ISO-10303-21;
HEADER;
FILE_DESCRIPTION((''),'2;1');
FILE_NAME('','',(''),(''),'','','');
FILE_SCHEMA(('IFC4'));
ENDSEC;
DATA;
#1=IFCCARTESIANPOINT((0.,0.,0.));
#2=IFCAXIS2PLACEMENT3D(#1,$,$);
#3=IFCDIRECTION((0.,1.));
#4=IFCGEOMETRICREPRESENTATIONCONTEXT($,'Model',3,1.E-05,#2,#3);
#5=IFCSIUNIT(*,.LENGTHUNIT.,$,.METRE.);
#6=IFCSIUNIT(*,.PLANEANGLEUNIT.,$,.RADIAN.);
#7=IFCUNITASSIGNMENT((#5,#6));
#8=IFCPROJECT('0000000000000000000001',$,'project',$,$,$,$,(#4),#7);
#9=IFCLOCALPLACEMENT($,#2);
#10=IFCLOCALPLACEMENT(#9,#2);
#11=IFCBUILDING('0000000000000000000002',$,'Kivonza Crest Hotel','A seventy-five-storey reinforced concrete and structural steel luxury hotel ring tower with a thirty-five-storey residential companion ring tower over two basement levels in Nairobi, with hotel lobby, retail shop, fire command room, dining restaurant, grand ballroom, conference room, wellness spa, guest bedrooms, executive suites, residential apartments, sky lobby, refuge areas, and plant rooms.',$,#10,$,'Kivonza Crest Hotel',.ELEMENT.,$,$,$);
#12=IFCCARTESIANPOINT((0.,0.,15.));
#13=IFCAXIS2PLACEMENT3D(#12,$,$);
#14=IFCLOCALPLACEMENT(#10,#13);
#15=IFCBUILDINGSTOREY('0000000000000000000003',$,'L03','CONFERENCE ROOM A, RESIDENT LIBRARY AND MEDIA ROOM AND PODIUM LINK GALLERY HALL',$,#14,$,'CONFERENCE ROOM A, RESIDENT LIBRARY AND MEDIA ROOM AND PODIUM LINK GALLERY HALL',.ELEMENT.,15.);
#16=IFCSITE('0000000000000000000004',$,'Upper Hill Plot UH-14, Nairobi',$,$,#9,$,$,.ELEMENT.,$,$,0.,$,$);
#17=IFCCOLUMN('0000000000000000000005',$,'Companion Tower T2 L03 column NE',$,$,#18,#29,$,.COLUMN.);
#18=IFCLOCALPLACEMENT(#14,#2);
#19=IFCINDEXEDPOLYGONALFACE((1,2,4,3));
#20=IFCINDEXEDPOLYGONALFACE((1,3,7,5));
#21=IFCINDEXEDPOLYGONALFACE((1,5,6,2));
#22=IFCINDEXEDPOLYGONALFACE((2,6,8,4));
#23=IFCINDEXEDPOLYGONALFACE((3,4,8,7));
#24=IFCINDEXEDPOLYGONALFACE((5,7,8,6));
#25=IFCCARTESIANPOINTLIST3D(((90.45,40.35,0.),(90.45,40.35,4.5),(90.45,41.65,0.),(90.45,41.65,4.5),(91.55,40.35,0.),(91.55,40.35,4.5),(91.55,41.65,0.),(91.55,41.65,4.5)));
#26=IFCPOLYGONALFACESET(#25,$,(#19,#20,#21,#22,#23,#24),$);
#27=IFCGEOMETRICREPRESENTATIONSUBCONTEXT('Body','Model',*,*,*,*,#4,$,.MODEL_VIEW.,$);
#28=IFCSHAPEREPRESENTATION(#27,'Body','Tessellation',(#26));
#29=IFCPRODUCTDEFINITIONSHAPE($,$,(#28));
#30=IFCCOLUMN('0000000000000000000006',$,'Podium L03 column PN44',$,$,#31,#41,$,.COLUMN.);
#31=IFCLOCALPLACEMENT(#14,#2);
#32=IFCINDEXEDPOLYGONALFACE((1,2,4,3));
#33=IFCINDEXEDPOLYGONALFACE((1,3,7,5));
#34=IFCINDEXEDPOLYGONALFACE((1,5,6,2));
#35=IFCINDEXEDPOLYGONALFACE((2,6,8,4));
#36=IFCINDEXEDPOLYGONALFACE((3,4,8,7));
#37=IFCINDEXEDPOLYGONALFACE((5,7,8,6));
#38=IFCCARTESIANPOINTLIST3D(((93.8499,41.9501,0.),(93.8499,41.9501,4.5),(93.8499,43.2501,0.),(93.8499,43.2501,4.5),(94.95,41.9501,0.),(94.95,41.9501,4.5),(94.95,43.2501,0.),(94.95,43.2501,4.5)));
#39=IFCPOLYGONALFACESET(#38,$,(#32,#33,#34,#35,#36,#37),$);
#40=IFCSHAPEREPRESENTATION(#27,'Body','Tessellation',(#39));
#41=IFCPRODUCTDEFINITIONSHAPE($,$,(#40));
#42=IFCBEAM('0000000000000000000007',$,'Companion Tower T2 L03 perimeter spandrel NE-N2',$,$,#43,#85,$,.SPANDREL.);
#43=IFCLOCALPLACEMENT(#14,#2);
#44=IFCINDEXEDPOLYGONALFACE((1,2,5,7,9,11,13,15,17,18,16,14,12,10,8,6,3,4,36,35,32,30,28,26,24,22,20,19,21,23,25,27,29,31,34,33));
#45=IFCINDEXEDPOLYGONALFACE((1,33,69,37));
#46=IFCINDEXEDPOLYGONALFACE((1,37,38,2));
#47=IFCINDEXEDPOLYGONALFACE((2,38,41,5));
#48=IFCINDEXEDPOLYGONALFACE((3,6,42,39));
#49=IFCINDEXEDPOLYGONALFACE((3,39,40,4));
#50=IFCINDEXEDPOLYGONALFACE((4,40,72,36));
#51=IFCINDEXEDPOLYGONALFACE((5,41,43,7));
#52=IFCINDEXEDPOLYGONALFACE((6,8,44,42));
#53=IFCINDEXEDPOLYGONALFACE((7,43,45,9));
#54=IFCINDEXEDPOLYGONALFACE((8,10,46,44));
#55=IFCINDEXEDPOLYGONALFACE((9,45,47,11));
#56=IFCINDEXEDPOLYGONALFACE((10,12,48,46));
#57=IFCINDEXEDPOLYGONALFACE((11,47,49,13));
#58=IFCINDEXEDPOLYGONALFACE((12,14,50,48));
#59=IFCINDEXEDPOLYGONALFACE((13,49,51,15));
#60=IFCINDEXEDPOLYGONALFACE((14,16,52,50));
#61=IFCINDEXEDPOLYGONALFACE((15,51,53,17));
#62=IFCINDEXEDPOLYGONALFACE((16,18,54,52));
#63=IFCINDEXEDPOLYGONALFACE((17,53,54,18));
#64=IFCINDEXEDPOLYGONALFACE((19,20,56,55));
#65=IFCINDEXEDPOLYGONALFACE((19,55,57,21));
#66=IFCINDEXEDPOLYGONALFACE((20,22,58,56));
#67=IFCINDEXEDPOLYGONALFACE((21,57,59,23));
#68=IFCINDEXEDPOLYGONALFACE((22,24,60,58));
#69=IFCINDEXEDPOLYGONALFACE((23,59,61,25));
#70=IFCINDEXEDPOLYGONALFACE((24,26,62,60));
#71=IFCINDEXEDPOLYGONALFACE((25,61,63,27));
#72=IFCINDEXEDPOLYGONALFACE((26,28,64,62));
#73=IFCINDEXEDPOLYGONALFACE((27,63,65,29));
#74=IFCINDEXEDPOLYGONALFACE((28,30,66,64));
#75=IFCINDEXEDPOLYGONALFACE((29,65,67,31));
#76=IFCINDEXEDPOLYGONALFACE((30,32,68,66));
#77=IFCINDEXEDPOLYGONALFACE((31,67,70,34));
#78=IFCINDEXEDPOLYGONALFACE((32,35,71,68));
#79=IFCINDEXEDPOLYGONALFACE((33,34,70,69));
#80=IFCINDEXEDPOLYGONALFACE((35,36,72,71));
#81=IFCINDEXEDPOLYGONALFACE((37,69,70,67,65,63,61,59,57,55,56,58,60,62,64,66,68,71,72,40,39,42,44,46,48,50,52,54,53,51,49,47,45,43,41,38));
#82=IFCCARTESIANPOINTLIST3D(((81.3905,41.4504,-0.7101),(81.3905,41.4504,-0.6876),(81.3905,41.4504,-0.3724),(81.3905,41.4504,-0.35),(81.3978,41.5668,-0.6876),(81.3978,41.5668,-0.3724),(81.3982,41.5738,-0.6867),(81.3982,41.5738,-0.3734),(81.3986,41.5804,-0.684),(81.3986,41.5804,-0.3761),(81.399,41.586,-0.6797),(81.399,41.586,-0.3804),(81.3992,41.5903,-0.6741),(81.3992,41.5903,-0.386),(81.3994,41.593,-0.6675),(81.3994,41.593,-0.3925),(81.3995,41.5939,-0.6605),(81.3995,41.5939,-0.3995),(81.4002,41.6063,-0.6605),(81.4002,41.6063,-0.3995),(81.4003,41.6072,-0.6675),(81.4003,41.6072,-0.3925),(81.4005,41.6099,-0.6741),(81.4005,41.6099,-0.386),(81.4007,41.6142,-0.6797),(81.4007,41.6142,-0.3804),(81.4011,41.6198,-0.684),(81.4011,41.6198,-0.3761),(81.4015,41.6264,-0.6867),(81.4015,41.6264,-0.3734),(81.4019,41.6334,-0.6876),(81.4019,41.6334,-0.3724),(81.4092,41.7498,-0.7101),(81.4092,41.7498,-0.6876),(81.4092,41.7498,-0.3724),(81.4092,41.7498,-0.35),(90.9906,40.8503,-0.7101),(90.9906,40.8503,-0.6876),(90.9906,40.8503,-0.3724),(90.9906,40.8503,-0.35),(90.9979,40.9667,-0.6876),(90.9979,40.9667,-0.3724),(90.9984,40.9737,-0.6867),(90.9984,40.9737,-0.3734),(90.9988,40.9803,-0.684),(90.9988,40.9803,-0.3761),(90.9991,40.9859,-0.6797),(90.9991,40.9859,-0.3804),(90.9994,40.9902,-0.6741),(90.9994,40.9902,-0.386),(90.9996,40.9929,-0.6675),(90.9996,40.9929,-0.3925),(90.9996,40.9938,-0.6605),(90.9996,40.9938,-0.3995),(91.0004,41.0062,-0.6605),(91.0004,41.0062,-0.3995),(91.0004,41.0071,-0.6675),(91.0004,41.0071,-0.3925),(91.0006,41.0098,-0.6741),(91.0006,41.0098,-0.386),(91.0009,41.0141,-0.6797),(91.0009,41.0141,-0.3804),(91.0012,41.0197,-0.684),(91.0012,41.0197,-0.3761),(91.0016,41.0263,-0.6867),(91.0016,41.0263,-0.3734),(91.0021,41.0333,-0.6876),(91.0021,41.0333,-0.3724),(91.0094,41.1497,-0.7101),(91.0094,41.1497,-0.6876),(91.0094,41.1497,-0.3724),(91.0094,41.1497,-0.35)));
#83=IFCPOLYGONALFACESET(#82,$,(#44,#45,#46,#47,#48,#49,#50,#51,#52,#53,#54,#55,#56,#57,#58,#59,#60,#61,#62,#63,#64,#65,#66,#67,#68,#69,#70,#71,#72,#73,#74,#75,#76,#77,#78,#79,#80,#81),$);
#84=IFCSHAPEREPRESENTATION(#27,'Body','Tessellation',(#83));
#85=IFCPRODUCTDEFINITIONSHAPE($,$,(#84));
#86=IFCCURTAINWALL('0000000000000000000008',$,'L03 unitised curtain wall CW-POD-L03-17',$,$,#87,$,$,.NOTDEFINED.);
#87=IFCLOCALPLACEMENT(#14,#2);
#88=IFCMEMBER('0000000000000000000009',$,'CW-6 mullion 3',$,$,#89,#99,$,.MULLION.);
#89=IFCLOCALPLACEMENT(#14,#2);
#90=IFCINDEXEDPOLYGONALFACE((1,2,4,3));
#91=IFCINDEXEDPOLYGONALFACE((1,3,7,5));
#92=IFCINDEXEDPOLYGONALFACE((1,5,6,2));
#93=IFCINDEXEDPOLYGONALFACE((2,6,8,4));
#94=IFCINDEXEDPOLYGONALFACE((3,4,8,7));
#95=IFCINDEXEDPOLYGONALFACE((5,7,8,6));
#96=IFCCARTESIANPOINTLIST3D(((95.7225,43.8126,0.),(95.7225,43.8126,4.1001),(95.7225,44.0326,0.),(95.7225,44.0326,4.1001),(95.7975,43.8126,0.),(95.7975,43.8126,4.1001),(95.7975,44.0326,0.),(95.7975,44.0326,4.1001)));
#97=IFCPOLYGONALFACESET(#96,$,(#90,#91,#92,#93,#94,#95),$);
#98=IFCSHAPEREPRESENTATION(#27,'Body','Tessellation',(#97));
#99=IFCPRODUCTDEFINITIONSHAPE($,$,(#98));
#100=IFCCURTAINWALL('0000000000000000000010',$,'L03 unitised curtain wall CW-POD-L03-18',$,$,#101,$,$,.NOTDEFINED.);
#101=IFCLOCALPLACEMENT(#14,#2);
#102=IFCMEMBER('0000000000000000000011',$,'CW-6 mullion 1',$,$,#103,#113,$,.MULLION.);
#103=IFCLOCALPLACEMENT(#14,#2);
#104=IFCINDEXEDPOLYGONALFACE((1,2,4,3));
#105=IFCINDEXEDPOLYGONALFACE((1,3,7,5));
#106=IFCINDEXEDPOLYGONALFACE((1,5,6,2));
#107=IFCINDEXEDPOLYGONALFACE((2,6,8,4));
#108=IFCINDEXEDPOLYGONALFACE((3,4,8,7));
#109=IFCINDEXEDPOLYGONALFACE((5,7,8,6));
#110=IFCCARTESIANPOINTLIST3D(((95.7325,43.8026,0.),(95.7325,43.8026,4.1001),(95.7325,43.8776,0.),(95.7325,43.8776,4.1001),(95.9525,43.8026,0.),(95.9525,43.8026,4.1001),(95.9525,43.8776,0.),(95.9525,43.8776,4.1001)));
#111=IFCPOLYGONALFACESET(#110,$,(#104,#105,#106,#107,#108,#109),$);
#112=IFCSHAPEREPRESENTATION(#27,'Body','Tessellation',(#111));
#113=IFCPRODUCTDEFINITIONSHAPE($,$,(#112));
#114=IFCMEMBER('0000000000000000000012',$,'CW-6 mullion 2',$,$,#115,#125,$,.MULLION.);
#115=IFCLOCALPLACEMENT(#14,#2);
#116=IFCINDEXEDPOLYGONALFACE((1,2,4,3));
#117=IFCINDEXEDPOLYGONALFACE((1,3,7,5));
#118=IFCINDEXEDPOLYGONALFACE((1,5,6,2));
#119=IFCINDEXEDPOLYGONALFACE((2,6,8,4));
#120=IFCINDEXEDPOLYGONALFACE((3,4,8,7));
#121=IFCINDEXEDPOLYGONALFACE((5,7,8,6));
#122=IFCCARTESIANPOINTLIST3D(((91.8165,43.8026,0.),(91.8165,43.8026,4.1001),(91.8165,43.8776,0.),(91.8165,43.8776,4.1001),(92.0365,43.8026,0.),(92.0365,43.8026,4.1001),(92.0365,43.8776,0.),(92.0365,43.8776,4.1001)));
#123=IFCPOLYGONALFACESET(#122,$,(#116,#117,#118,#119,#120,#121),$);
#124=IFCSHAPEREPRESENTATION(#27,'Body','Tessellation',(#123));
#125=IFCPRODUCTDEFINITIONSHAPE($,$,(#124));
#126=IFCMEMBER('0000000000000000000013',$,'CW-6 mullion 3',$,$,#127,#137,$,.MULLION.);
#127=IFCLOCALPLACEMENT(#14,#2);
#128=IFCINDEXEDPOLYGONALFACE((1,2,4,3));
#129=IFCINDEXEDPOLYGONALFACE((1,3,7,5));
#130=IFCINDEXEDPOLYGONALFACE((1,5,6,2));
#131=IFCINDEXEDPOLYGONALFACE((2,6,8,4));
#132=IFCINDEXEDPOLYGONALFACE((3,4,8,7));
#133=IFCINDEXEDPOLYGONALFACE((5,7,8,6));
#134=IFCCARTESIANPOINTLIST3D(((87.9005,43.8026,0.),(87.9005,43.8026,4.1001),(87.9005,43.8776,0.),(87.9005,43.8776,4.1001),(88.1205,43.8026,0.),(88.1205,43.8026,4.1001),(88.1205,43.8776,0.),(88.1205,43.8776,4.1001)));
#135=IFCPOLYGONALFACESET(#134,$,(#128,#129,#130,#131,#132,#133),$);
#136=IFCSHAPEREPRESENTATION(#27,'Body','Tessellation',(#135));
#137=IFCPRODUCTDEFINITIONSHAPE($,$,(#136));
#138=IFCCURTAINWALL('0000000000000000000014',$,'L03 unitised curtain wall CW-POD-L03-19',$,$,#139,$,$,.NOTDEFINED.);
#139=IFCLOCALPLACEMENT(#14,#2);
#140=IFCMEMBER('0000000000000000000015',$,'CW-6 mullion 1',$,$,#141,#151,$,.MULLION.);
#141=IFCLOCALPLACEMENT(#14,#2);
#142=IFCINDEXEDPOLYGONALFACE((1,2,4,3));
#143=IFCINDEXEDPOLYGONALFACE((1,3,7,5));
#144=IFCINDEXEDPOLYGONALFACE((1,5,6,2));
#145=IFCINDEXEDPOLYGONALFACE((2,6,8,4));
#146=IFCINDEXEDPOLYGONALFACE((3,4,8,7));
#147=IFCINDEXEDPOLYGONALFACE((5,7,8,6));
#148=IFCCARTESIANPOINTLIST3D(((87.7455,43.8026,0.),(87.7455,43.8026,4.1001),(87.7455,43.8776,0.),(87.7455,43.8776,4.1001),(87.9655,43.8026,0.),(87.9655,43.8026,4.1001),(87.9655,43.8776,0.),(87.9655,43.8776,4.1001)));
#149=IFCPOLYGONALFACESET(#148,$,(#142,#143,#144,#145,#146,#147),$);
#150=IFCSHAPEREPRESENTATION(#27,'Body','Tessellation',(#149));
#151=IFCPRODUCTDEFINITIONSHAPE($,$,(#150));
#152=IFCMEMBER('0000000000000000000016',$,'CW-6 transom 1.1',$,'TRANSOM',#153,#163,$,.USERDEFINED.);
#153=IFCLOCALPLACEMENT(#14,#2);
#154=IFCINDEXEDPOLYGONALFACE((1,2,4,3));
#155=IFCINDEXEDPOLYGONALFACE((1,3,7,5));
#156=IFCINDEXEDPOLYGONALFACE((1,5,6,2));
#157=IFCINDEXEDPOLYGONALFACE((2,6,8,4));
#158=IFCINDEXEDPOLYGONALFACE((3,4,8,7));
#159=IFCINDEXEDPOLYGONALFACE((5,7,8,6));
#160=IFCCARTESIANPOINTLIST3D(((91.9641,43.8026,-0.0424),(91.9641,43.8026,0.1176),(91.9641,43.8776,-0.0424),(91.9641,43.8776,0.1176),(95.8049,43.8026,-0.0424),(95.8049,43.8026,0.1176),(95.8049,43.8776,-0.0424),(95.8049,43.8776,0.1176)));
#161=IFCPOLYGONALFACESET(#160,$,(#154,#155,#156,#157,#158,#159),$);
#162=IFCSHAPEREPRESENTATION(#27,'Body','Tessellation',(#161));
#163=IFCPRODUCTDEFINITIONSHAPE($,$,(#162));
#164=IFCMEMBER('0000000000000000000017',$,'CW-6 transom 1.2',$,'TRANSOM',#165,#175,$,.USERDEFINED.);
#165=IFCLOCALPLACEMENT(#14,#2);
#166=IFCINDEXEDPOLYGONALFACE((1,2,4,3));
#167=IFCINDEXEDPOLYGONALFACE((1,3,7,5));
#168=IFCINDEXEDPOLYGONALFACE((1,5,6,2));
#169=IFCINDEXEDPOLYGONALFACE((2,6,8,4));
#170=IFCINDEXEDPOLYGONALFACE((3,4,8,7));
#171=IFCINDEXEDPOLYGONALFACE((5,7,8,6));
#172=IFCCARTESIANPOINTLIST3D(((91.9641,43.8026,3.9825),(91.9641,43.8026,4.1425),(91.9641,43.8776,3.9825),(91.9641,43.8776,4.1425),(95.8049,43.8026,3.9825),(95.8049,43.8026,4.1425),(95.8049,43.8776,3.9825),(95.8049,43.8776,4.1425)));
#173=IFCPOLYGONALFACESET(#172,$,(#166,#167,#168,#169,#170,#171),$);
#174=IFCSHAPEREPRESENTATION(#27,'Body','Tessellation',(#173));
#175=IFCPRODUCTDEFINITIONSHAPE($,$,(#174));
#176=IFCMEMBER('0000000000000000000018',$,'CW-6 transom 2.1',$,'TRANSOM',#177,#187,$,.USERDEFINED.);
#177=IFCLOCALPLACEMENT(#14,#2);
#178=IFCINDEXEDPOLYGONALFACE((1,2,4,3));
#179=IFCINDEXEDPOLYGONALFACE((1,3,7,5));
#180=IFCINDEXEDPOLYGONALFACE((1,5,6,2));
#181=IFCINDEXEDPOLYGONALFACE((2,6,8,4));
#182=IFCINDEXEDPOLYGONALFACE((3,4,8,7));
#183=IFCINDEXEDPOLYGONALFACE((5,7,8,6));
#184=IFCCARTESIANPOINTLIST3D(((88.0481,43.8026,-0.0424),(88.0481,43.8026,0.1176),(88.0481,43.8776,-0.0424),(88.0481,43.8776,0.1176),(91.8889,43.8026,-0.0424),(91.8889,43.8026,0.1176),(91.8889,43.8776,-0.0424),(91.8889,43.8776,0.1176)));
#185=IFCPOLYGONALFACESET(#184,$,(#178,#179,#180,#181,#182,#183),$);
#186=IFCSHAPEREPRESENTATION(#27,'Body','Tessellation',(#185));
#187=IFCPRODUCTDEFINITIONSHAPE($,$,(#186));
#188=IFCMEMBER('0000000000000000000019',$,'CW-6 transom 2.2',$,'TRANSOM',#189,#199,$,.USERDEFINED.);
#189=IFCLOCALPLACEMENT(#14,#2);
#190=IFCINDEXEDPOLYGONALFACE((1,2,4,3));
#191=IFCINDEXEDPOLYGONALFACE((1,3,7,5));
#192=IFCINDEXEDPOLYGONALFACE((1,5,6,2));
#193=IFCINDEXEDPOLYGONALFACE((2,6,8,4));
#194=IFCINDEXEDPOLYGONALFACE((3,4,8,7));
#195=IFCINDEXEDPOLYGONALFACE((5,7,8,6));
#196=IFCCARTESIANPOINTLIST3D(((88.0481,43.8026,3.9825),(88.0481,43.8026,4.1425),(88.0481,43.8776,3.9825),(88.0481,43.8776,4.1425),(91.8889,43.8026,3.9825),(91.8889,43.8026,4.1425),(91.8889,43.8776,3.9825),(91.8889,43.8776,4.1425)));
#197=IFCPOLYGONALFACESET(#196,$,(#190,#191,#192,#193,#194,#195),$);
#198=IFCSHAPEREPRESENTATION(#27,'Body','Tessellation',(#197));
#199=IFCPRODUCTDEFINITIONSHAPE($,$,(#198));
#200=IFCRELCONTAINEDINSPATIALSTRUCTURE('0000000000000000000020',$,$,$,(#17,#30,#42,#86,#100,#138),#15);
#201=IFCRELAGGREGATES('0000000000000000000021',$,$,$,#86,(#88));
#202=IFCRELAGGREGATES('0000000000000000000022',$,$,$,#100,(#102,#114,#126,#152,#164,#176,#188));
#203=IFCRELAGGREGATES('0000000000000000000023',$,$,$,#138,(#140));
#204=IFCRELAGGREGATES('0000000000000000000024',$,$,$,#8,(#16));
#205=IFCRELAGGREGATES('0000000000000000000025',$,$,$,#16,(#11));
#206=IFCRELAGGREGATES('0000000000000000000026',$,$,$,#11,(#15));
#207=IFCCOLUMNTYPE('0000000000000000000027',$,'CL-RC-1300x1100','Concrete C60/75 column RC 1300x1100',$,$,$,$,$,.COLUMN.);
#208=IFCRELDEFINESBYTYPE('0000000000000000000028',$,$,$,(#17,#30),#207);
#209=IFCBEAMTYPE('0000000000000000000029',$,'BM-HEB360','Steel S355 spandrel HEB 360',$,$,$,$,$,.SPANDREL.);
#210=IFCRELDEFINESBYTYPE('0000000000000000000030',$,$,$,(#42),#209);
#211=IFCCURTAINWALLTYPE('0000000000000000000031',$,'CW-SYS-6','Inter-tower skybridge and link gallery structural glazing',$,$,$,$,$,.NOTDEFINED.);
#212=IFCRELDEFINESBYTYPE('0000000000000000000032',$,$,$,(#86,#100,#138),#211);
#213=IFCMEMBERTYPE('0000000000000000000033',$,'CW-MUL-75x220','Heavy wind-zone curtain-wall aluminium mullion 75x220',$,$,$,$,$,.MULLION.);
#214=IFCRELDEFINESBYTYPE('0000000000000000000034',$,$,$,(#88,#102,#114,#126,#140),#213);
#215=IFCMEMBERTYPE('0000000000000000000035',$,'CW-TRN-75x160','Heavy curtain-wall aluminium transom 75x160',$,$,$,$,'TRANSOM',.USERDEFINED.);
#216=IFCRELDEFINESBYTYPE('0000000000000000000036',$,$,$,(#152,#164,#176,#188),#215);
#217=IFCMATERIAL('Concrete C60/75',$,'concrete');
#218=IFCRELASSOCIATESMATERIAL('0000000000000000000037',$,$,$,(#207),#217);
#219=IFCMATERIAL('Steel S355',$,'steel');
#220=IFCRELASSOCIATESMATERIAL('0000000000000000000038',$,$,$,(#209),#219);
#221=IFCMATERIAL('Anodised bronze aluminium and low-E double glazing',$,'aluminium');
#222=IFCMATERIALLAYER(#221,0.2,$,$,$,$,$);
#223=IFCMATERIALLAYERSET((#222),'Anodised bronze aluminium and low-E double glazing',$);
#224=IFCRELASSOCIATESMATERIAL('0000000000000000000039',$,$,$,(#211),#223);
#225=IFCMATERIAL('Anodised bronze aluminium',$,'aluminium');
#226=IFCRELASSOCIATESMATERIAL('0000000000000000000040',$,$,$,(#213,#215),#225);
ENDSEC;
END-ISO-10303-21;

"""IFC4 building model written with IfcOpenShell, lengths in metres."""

from ifc_helpers import new_model, si_unit, direction, frame, origin, origin_2d, place, context, subcontext, project, spatial, rectangle, i_section, extrude, material, layer, layer_set, material_profile, profile_set, type_object, element, aggregate, save


model = new_model("IFC4")

# Units and contexts
model_context = context("Model", 3, precision=1e-05, world=origin(), true_north=direction((0.0, 1.0)))
body_context = subcontext(model_context, "Body", "Model", "MODEL_VIEW")
ifc_project = project(units=[si_unit("LENGTHUNIT", "METRE"), si_unit("PLANEANGLEUNIT", "RADIAN")], contexts=[model_context])

# Site, building, storey
site_placement = place(None, origin())
site = spatial("IfcSite", under=ifc_project, at=site_placement, Name="Upper Hill Plot UH-14, Nairobi", CompositionType="ELEMENT", RefElevation=0.0)
building_placement = place(site_placement, origin())
building = spatial("IfcBuilding", under=site, at=building_placement, Name="Kivonza Crest Hotel", Description="A seventy-five-storey reinforced concrete and structural steel luxury hotel ring tower with a thirty-five-storey residential companion ring tower over two basement levels in Nairobi, with hotel lobby, retail shop, fire command room, dining restaurant, grand ballroom, conference room, wellness spa, guest bedrooms, executive suites, residential apartments, sky lobby, refuge areas, and plant rooms.", LongName="Kivonza Crest Hotel", CompositionType="ELEMENT")
storey_placement = place(building_placement, frame((0.0, 0.0, 15.0)))
storey = spatial("IfcBuildingStorey", under=building, at=storey_placement, Name="L03", Description="CONFERENCE ROOM A, RESIDENT LIBRARY AND MEDIA ROOM AND PODIUM LINK GALLERY HALL", LongName="CONFERENCE ROOM A, RESIDENT LIBRARY AND MEDIA ROOM AND PODIUM LINK GALLERY HALL", CompositionType="ELEMENT", Elevation=15.0)

# Columns
ifc_material_1 = material(Name="Concrete C60/75", Category="concrete")
ifc_material_profile_1 = material_profile(ifc_material_1, rectangle(XDim=1.1001, YDim=1.3, at=origin_2d()), Name="RC 1300x1100")
ifc_profile_set_1 = profile_set([ifc_material_profile_1], Name="Concrete C60/75")
column_type = type_object("IfcColumnType", Name="CL-RC-1300x1100", Description="Concrete C60/75 column RC 1300x1100", PredefinedType="COLUMN", material=ifc_profile_set_1)
for number, where, z_axis, x_axis, name in (
    (1, (91.0, 41.0, 0.0), (0.0, 0.0, 1.0), (1.0, 0.0, 0.0), "Companion Tower T2 L03 column NE"),
    (2, (94.3999, 42.6001, 0.0), (0.0, 0.0, 1.0), (1.0, 0.0, 0.0), "Podium L03 column PN44"),
):
    element("IfcColumn", number, at=place(storey_placement, frame(where, z_axis=z_axis, x_axis=x_axis)), inside=storey, type_object=column_type, Name=name, PredefinedType="COLUMN", context=body_context, shape_type="SweptSolid", body=[
        extrude(rectangle(XDim=1.1001, YDim=1.3, at=origin_2d()), origin(), (0.0, 0.0, 1.0), 4.5),
    ])

# Beam
ifc_material_2 = material(Name="Steel S355", Category="steel")
ifc_material_profile_2 = material_profile(ifc_material_2, i_section(OverallWidth=0.3, OverallDepth=0.3601, WebThickness=0.0125, FlangeThickness=0.0225, FilletRadius=0.0271, at=origin_2d()), Name="HEB 360")
ifc_profile_set_2 = profile_set([ifc_material_profile_2], Name="Steel S355")
beam_type = type_object("IfcBeamType", Name="BM-HEB360", Description="Steel S355 spandrel HEB 360", PredefinedType="SPANDREL", material=ifc_profile_set_2)
beam_placement = place(storey_placement, frame((91.0, 41.0, -0.53), z_axis=(-0.998052, 0.062388, 0.0), x_axis=(-0.062388, -0.998052, 0.0)))
element("IfcBeam", 3, at=beam_placement, inside=storey, type_object=beam_type, Name="Companion Tower T2 L03 perimeter spandrel NE-N2", PredefinedType="SPANDREL", context=body_context, shape_type="SweptSolid", body=[
    extrude(i_section(OverallWidth=0.3, OverallDepth=0.3601, WebThickness=0.0125, FlangeThickness=0.0225, FilletRadius=0.0271, at=origin_2d()), origin(), (0.0, 0.0, 1.0), 9.6189),
])

# Curtain wall, member
ifc_material_3 = material(Name="Anodised bronze aluminium and low-E double glazing", Category="aluminium")
ifc_layer_1 = layer(ifc_material_3, 0.2)
ifc_layer_set_1 = layer_set([ifc_layer_1], Name="Anodised bronze aluminium and low-E double glazing")
curtain_wall_type = type_object("IfcCurtainWallType", Name="CW-SYS-6", Description="Inter-tower skybridge and link gallery structural glazing", PredefinedType="NOTDEFINED", material=ifc_layer_set_1)
curtain_wall_1_placement = place(storey_placement, origin())
curtain_wall_1 = element("IfcCurtainWall", 4, at=curtain_wall_1_placement, inside=storey, type_object=curtain_wall_type, Name="L03 unitised curtain wall CW-POD-L03-17", PredefinedType="NOTDEFINED")
ifc_material_4 = material(Name="Anodised bronze aluminium", Category="aluminium")
ifc_material_profile_3 = material_profile(ifc_material_4, rectangle(XDim=0.075, YDim=0.22, at=origin_2d()), Name="CW-M 75x220")
ifc_profile_set_3 = profile_set([ifc_material_profile_3], Name="Anodised bronze aluminium")
member_type_1 = type_object("IfcMemberType", Name="CW-MUL-75x220", Description="Heavy wind-zone curtain-wall aluminium mullion 75x220", PredefinedType="MULLION", material=ifc_profile_set_3)
member_1_placement = place(storey_placement, frame((95.76, 43.9226, 0.0), z_axis=(0.0, 0.0, 1.0), x_axis=(-1.0, 0.0, 0.0)))
member_1 = element("IfcMember", 5, at=member_1_placement, type_object=member_type_1, Name="CW-6 mullion 3", PredefinedType="MULLION", context=body_context, shape_type="SweptSolid", body=[
    extrude(rectangle(XDim=0.075, YDim=0.22, at=origin_2d()), origin(), (0.0, 0.0, 1.0), 4.1001),
])

# Curtain wall, members
curtain_wall_2_placement = place(storey_placement, origin())
curtain_wall_2 = element("IfcCurtainWall", 6, at=curtain_wall_2_placement, inside=storey, type_object=curtain_wall_type, Name="L03 unitised curtain wall CW-POD-L03-18", PredefinedType="NOTDEFINED")
member_2_placement = place(storey_placement, frame((95.8425, 43.8401, 0.0), z_axis=(0.0, 0.0, 1.0), x_axis=(0.0, -1.0, 0.0)))
member_2 = element("IfcMember", 7, at=member_2_placement, type_object=member_type_1, Name="CW-6 mullion 1", PredefinedType="MULLION", context=body_context, shape_type="SweptSolid", body=[
    extrude(rectangle(XDim=0.075, YDim=0.22, at=origin_2d()), origin(), (0.0, 0.0, 1.0), 4.1001),
])
member_3_placement = place(storey_placement, frame((91.9265, 43.8401, 0.0), z_axis=(0.0, 0.0, 1.0), x_axis=(0.0, -1.0, 0.0)))
member_3 = element("IfcMember", 8, at=member_3_placement, type_object=member_type_1, Name="CW-6 mullion 2", PredefinedType="MULLION", context=body_context, shape_type="SweptSolid", body=[
    extrude(rectangle(XDim=0.075, YDim=0.22, at=origin_2d()), origin(), (0.0, 0.0, 1.0), 4.1001),
])
member_4_placement = place(storey_placement, frame((88.0105, 43.8401, 0.0), z_axis=(0.0, 0.0, 1.0), x_axis=(0.0, -1.0, 0.0)))
member_4 = element("IfcMember", 9, at=member_4_placement, type_object=member_type_1, Name="CW-6 mullion 3", PredefinedType="MULLION", context=body_context, shape_type="SweptSolid", body=[
    extrude(rectangle(XDim=0.075, YDim=0.22, at=origin_2d()), origin(), (0.0, 0.0, 1.0), 4.1001),
])

# Curtain wall, member
curtain_wall_3_placement = place(storey_placement, origin())
curtain_wall_3 = element("IfcCurtainWall", 10, at=curtain_wall_3_placement, inside=storey, type_object=curtain_wall_type, Name="L03 unitised curtain wall CW-POD-L03-19", PredefinedType="NOTDEFINED")
member_5_placement = place(storey_placement, frame((87.8555, 43.8401, 0.0), z_axis=(0.0, 0.0, 1.0), x_axis=(0.0, -1.0, 0.0)))
member_5 = element("IfcMember", 11, at=member_5_placement, type_object=member_type_1, Name="CW-6 mullion 1", PredefinedType="MULLION", context=body_context, shape_type="SweptSolid", body=[
    extrude(rectangle(XDim=0.075, YDim=0.22, at=origin_2d()), origin(), (0.0, 0.0, 1.0), 4.1001),
])

# Members
ifc_material_profile_4 = material_profile(ifc_material_4, rectangle(XDim=0.075, YDim=0.1599, at=origin_2d()), Name="CW-T 75x160")
ifc_profile_set_4 = profile_set([ifc_material_profile_4], Name="Anodised bronze aluminium")
member_type_2 = type_object("IfcMemberType", Name="CW-TRN-75x160", Description="Heavy curtain-wall aluminium transom 75x160", ElementType="TRANSOM", PredefinedType="USERDEFINED", material=ifc_profile_set_4)
member_6_placement = place(storey_placement, frame((95.8049, 43.8401, 0.0376), z_axis=(-1.0, 0.0, 0.0), x_axis=(0.0, -1.0, 0.0)))
member_6 = element("IfcMember", 12, at=member_6_placement, type_object=member_type_2, Name="CW-6 transom 1.1", ObjectType="TRANSOM", PredefinedType="USERDEFINED", context=body_context, shape_type="SweptSolid", body=[
    extrude(rectangle(XDim=0.075, YDim=0.1599, at=origin_2d()), origin(), (0.0, 0.0, 1.0), 3.8408),
])
member_7_placement = place(storey_placement, frame((95.8049, 43.8401, 4.0625), z_axis=(-1.0, 0.0, 0.0), x_axis=(0.0, -1.0, 0.0)))
member_7 = element("IfcMember", 13, at=member_7_placement, type_object=member_type_2, Name="CW-6 transom 1.2", ObjectType="TRANSOM", PredefinedType="USERDEFINED", context=body_context, shape_type="SweptSolid", body=[
    extrude(rectangle(XDim=0.075, YDim=0.1599, at=origin_2d()), origin(), (0.0, 0.0, 1.0), 3.8408),
])
member_8_placement = place(storey_placement, frame((91.8889, 43.8401, 0.0376), z_axis=(-1.0, 0.0, 0.0), x_axis=(0.0, -1.0, 0.0)))
member_8 = element("IfcMember", 14, at=member_8_placement, type_object=member_type_2, Name="CW-6 transom 2.1", ObjectType="TRANSOM", PredefinedType="USERDEFINED", context=body_context, shape_type="SweptSolid", body=[
    extrude(rectangle(XDim=0.075, YDim=0.1599, at=origin_2d()), origin(), (0.0, 0.0, 1.0), 3.8408),
])
member_9_placement = place(storey_placement, frame((91.8889, 43.8401, 4.0625), z_axis=(-1.0, 0.0, 0.0), x_axis=(0.0, -1.0, 0.0)))
member_9 = element("IfcMember", 15, at=member_9_placement, type_object=member_type_2, Name="CW-6 transom 2.2", ObjectType="TRANSOM", PredefinedType="USERDEFINED", context=body_context, shape_type="SweptSolid", body=[
    extrude(rectangle(XDim=0.075, YDim=0.1599, at=origin_2d()), origin(), (0.0, 0.0, 1.0), 3.8408),
])

aggregate(curtain_wall_1, [member_1])
aggregate(curtain_wall_2, [member_2, member_3, member_4, member_6, member_7, member_8, member_9])
aggregate(curtain_wall_3, [member_5])

save(model, "model.ifc")
